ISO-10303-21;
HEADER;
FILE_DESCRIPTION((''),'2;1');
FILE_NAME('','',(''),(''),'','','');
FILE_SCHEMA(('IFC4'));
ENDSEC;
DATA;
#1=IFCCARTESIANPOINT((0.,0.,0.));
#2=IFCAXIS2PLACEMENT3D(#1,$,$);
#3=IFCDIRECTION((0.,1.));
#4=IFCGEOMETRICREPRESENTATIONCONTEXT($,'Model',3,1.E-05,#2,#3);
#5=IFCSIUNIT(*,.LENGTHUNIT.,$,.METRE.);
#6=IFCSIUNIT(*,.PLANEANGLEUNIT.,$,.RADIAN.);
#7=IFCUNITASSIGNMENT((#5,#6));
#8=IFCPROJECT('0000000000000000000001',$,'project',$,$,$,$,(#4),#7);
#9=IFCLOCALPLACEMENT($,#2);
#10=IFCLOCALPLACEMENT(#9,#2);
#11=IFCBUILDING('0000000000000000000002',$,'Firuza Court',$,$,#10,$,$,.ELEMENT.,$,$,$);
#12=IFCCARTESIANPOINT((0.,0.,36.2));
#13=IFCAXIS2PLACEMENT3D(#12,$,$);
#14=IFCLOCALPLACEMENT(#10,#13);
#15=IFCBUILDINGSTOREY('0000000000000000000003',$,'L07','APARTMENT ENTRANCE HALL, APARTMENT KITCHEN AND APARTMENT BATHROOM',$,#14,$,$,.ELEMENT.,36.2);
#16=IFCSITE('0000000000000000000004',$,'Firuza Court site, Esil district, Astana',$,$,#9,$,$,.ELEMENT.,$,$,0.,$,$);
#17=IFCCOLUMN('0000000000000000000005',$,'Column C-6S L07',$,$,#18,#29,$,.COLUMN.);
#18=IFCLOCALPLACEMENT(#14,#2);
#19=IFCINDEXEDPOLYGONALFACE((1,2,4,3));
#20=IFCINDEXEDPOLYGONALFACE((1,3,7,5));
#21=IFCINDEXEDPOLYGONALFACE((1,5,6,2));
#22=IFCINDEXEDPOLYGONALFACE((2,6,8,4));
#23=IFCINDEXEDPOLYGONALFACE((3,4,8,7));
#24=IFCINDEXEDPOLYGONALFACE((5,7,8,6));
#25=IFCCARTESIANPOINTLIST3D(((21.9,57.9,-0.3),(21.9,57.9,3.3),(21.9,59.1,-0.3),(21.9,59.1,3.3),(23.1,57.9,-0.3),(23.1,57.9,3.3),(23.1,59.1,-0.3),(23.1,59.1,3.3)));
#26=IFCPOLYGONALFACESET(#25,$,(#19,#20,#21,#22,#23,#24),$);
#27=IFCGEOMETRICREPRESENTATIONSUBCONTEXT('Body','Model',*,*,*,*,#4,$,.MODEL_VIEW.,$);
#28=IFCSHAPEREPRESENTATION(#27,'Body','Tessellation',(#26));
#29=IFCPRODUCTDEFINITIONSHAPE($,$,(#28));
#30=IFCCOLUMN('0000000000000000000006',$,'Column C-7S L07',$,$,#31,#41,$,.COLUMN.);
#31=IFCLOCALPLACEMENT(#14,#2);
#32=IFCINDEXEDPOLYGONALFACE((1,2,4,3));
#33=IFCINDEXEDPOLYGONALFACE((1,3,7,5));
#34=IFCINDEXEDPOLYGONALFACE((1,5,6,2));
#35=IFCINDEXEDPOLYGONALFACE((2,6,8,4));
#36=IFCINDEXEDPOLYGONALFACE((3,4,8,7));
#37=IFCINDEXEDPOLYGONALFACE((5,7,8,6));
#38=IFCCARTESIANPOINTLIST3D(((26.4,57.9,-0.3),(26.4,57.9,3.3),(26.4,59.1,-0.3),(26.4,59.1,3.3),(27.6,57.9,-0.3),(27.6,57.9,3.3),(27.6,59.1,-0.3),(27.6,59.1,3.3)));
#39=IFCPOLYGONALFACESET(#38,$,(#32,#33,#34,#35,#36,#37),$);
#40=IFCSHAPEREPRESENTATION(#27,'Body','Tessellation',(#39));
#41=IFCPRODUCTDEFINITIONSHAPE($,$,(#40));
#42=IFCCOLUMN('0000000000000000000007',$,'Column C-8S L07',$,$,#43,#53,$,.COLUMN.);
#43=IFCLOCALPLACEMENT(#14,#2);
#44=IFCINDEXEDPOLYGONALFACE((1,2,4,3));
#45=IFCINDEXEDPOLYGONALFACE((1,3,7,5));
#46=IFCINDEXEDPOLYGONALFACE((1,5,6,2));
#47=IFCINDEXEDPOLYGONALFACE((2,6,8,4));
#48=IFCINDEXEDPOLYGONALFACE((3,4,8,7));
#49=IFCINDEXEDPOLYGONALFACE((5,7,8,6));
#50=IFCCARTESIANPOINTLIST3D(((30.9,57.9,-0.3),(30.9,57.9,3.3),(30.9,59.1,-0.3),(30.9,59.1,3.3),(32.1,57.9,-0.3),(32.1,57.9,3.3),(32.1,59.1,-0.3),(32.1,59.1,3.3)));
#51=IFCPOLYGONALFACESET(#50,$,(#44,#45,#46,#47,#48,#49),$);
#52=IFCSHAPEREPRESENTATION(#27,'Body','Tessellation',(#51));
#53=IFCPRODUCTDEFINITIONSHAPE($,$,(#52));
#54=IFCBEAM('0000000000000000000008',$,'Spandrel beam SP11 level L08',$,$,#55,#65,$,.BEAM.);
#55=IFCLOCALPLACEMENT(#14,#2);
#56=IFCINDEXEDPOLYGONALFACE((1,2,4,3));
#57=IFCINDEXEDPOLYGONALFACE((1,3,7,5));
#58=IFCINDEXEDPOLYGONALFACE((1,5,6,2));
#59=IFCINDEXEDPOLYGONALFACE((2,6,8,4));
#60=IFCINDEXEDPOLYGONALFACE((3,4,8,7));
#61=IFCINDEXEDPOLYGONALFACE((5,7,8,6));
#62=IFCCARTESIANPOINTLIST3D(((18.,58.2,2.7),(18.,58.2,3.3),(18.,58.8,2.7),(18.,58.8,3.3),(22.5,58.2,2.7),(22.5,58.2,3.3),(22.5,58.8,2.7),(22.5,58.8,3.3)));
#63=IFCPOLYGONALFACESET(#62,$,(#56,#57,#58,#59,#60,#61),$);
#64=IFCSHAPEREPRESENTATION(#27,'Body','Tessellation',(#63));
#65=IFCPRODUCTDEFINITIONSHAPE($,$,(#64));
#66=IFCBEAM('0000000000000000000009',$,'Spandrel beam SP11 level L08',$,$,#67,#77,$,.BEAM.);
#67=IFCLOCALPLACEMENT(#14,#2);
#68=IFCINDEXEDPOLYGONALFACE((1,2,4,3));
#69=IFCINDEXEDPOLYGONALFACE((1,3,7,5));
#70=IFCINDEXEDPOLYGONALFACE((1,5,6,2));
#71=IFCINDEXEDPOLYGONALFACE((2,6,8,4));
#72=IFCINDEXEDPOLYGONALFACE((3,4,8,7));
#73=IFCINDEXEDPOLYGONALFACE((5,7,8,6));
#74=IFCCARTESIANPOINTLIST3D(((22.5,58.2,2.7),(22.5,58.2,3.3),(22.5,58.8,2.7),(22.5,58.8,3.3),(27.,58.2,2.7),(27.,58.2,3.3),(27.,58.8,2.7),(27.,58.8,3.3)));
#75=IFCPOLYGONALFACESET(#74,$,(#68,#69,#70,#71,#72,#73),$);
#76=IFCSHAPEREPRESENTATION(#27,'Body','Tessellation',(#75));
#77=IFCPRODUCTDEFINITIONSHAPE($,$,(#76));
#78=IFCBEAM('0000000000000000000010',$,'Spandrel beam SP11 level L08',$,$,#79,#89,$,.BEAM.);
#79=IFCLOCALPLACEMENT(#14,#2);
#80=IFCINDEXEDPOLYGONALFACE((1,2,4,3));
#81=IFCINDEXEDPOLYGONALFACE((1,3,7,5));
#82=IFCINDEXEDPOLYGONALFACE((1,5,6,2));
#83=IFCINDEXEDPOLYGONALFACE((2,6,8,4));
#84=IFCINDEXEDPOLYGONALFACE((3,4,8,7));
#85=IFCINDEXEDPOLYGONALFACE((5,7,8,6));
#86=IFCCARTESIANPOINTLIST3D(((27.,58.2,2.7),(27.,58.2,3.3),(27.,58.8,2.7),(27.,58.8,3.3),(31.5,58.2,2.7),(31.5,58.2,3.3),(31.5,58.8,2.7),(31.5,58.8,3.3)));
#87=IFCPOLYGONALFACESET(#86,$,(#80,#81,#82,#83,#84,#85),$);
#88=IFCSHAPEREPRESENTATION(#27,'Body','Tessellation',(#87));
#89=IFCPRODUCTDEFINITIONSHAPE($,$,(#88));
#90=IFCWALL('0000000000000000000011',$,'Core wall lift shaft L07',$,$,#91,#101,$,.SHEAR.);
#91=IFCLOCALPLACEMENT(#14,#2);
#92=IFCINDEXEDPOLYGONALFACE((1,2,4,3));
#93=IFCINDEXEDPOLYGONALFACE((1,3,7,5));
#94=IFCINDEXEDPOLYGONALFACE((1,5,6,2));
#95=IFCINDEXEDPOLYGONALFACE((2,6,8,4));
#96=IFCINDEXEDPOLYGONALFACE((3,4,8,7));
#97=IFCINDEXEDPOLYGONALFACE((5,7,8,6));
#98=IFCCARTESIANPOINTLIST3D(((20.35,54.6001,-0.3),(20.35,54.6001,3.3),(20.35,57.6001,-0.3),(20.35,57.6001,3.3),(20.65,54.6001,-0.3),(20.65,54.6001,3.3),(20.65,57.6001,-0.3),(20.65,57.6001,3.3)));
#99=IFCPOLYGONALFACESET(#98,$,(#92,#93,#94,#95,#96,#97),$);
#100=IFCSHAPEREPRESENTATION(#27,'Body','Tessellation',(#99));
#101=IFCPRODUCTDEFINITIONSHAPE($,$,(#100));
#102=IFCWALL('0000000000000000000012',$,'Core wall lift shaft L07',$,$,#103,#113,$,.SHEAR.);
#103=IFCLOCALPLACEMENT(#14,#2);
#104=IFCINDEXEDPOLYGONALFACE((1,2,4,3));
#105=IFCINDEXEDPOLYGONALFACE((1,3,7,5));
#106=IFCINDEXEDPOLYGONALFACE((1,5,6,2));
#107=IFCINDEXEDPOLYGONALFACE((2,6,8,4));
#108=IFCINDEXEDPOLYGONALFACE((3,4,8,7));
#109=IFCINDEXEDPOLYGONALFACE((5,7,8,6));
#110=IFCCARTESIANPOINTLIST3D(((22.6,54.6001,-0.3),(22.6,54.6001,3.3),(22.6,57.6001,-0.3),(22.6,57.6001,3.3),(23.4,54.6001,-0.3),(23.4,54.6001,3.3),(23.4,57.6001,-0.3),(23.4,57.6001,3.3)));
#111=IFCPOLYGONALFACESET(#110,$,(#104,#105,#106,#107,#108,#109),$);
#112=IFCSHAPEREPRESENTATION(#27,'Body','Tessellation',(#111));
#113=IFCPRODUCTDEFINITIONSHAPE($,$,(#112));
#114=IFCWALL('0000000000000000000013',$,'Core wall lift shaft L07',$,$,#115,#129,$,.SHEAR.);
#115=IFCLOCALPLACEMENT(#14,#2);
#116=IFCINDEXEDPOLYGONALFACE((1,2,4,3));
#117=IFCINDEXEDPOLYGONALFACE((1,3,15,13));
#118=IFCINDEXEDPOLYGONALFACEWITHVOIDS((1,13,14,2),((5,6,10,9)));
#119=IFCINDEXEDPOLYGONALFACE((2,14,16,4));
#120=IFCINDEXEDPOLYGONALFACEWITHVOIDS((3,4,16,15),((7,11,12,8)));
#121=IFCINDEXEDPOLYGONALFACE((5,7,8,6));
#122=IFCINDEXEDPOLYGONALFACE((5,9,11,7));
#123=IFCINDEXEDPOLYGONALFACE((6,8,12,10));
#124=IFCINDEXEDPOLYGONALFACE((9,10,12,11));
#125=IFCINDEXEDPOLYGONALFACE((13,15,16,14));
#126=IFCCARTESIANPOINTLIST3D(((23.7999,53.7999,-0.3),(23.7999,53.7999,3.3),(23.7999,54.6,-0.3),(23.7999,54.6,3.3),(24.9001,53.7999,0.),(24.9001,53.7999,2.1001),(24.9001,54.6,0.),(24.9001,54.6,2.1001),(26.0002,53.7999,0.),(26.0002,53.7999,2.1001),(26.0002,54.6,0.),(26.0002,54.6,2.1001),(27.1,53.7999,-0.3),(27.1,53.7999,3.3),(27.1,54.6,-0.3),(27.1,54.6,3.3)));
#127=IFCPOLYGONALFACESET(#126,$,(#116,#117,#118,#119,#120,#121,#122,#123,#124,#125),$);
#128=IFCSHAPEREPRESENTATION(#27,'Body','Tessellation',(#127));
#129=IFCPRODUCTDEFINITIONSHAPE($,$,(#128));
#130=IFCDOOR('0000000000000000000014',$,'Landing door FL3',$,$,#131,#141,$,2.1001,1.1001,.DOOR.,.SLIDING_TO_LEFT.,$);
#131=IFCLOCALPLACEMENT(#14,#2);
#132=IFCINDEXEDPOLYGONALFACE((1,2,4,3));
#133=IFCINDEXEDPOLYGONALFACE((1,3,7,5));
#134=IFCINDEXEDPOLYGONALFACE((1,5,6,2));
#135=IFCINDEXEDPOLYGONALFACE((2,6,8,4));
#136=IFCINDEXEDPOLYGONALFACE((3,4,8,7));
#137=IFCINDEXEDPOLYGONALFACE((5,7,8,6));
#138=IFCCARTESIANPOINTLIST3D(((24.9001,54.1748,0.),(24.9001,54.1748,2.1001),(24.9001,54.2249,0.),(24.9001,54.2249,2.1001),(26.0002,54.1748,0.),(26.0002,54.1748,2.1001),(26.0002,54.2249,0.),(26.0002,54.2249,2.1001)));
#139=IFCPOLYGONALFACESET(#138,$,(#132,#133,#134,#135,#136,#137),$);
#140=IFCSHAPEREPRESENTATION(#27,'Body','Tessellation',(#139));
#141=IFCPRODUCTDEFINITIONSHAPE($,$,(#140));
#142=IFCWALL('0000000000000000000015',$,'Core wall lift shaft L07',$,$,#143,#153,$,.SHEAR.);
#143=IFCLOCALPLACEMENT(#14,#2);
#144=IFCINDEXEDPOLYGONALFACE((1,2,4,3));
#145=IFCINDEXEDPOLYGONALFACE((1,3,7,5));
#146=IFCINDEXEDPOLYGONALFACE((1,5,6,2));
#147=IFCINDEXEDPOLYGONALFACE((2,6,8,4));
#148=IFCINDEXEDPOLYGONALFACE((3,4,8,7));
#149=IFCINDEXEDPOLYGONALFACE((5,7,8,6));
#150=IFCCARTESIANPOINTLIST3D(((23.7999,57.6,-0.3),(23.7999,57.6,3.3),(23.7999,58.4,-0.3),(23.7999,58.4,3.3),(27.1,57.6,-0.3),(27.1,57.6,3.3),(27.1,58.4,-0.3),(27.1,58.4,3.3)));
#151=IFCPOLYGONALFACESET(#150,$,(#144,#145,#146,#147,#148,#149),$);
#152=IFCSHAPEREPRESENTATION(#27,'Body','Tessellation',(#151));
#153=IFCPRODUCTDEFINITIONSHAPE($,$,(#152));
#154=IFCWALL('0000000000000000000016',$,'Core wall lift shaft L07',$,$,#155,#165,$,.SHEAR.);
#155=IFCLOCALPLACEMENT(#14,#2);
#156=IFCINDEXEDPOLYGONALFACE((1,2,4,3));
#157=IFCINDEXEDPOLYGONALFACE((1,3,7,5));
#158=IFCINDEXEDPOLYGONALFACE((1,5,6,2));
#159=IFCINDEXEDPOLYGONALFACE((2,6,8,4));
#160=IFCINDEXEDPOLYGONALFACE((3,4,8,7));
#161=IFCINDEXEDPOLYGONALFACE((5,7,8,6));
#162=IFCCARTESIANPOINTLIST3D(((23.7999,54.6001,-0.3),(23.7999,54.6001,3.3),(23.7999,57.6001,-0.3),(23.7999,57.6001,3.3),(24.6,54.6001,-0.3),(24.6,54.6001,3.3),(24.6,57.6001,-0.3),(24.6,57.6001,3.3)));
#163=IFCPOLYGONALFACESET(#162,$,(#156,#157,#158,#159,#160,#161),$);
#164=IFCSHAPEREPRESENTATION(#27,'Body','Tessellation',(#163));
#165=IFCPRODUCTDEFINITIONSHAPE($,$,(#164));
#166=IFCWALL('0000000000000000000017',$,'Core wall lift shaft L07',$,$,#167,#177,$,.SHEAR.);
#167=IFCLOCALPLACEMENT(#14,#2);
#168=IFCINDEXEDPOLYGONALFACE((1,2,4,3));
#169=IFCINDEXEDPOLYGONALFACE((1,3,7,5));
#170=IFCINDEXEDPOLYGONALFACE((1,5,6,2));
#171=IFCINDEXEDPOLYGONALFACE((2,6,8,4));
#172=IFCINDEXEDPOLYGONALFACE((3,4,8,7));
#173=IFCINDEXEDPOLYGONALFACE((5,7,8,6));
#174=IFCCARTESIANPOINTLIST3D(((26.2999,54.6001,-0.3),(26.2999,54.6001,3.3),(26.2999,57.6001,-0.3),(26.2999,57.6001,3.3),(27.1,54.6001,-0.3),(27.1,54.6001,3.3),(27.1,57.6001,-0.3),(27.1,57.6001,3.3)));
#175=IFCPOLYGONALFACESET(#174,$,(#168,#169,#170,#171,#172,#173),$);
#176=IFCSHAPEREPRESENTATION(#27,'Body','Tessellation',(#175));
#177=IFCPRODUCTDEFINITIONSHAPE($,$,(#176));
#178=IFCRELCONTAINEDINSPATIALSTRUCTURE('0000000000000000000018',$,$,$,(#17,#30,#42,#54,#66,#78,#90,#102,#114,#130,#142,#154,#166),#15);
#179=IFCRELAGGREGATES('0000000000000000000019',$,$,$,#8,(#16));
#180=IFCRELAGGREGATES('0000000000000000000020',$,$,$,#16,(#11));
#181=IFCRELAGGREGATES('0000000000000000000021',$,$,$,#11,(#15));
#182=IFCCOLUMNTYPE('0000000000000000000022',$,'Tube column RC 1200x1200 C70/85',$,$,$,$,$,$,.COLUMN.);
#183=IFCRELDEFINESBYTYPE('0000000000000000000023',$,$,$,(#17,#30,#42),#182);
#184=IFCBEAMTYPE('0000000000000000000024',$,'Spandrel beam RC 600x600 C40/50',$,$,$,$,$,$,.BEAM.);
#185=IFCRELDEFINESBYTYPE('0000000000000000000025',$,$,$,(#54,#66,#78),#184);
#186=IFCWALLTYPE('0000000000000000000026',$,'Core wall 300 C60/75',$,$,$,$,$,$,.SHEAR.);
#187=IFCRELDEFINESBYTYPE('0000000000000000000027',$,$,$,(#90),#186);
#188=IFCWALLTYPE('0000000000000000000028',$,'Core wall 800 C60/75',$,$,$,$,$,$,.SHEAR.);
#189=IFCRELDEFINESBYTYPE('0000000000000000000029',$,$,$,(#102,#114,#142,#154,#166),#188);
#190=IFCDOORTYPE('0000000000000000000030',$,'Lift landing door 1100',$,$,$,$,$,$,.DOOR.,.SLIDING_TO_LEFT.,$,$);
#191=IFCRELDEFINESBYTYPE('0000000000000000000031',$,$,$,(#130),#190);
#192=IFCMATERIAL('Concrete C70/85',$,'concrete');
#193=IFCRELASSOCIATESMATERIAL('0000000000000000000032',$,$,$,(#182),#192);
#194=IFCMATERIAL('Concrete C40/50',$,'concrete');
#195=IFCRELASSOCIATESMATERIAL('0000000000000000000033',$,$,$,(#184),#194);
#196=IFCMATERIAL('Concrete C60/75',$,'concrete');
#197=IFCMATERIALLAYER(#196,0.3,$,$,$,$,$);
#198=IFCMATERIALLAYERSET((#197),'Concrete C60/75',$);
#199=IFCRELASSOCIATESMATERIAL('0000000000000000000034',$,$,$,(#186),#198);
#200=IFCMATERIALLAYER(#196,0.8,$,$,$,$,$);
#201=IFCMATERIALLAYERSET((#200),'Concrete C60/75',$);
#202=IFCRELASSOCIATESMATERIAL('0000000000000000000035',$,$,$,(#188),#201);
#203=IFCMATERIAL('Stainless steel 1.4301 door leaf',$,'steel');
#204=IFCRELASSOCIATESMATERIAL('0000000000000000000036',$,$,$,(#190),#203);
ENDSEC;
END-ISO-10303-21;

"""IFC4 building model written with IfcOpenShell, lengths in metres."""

from ifc_helpers import new_model, si_unit, direction, frame, frame_2d, origin, origin_2d, place, context, subcontext, project, spatial, rectangle, extrude, material, layer, layer_set, material_profile, profile_set, type_object, element, fill, save


model = new_model("IFC4")

# Units and contexts
model_context = context("Model", 3, precision=1e-05, world=origin(), true_north=direction((0.0, 1.0)))
body_context = subcontext(model_context, "Body", "Model", "MODEL_VIEW")
ifc_project = project(units=[si_unit("LENGTHUNIT", "METRE"), si_unit("PLANEANGLEUNIT", "RADIAN")], contexts=[model_context])

# Site, building, storey
site_placement = place(None, origin())
site = spatial("IfcSite", under=ifc_project, at=site_placement, Name="Firuza Court site, Esil district, Astana", CompositionType="ELEMENT", RefElevation=0.0)
building_placement = place(site_placement, origin())
building = spatial("IfcBuilding", under=site, at=building_placement, Name="Firuza Court", CompositionType="ELEMENT")
storey_placement = place(building_placement, frame((0.0, 0.0, 36.2)))
storey = spatial("IfcBuildingStorey", under=building, at=storey_placement, Name="L07", Description="APARTMENT ENTRANCE HALL, APARTMENT KITCHEN AND APARTMENT BATHROOM", CompositionType="ELEMENT", Elevation=36.2)

# Columns
ifc_material_1 = material(Name="Concrete C70/85", Category="concrete")
ifc_material_profile_1 = material_profile(ifc_material_1, rectangle(XDim=1.2, YDim=1.2, at=origin_2d()), Name="RC 1200x1200")
ifc_profile_set_1 = profile_set([ifc_material_profile_1], Name="Concrete C70/85")
column_type = type_object("IfcColumnType", Name="Tube column RC 1200x1200 C70/85", PredefinedType="COLUMN", material=ifc_profile_set_1)
for number, where, z_axis, x_axis, name in (
    (1, (22.5, 58.5, -0.3), (0.0, 0.0, 1.0), (1.0, 0.0, 0.0), "Column C-6S L07"),
    (2, (27.0, 58.5, -0.3), (0.0, 0.0, 1.0), (1.0, 0.0, 0.0), "Column C-7S L07"),
    (3, (31.5, 58.5, -0.3), (0.0, 0.0, 1.0), (1.0, 0.0, 0.0), "Column C-8S L07"),
):
    element("IfcColumn", number, at=place(storey_placement, frame(where, z_axis=z_axis, x_axis=x_axis)), inside=storey, type_object=column_type, Name=name, PredefinedType="COLUMN", context=body_context, shape_type="SweptSolid", body=[
        extrude(rectangle(XDim=1.2, YDim=1.2, at=origin_2d()), origin(), (0.0, 0.0, 1.0), 3.6001),
    ])

# Beams
ifc_material_2 = material(Name="Concrete C40/50", Category="concrete")
ifc_material_profile_2 = material_profile(ifc_material_2, rectangle(XDim=0.6001, YDim=0.6001, at=origin_2d()), Name="RC 600x600")
ifc_profile_set_2 = profile_set([ifc_material_profile_2], Name="Concrete C40/50")
beam_type = type_object("IfcBeamType", Name="Spandrel beam RC 600x600 C40/50", PredefinedType="BEAM", material=ifc_profile_set_2)
for number, where, z_axis, x_axis, name in (
    (4, (22.5, 58.5, 3.0), (-1.0, 0.0, 0.0), (0.0, -1.0, 0.0), "Spandrel beam SP11 level L08"),
    (5, (27.0, 58.5, 3.0), (-1.0, 0.0, 0.0), (0.0, -1.0, 0.0), "Spandrel beam SP11 level L08"),
    (6, (31.5, 58.5, 3.0), (-1.0, 0.0, 0.0), (0.0, -1.0, 0.0), "Spandrel beam SP11 level L08"),
):
    element("IfcBeam", number, at=place(storey_placement, frame(where, z_axis=z_axis, x_axis=x_axis)), inside=storey, type_object=beam_type, Name=name, PredefinedType="BEAM", context=body_context, shape_type="SweptSolid", body=[
        extrude(rectangle(XDim=0.6001, YDim=0.6001, at=origin_2d()), origin(), (0.0, 0.0, 1.0), 4.5),
    ])

# Walls
ifc_material_3 = material(Name="Concrete C60/75", Category="concrete")
ifc_layer_1 = layer(ifc_material_3, 0.3)
ifc_layer_set_1 = layer_set([ifc_layer_1], Name="Concrete C60/75")
wall_type_1 = type_object("IfcWallType", Name="Core wall 300 C60/75", PredefinedType="SHEAR", material=ifc_layer_set_1)
wall_1_placement = place(storey_placement, frame((20.5, 54.6001, -0.3), z_axis=(0.0, 0.0, 1.0), x_axis=(0.0, 1.0, 0.0)))
element("IfcWall", 7, at=wall_1_placement, inside=storey, type_object=wall_type_1, Name="Core wall lift shaft L07", PredefinedType="SHEAR", context=body_context, shape_type="SweptSolid", body=[
    extrude(rectangle(XDim=3.0, YDim=0.3, at=frame_2d((1.5, 0.0))), origin(), (0.0, 0.0, 1.0), 3.6001),
])
ifc_layer_2 = layer(ifc_material_3, 0.8)
ifc_layer_set_2 = layer_set([ifc_layer_2], Name="Concrete C60/75")
wall_type_2 = type_object("IfcWallType", Name="Core wall 800 C60/75", PredefinedType="SHEAR", material=ifc_layer_set_2)
wall_2_placement = place(storey_placement, frame((23.0, 54.6001, -0.3), z_axis=(0.0, 0.0, 1.0), x_axis=(0.0, 1.0, 0.0)))
element("IfcWall", 8, at=wall_2_placement, inside=storey, type_object=wall_type_2, Name="Core wall lift shaft L07", PredefinedType="SHEAR", context=body_context, shape_type="SweptSolid", body=[
    extrude(rectangle(XDim=3.0, YDim=0.8, at=frame_2d((1.5, 0.0))), origin(), (0.0, 0.0, 1.0), 3.6001),
])

# Wall, opening, door
wall_3_placement = place(storey_placement, frame((23.8, 54.2, -0.3), z_axis=(0.0, 0.0, 1.0), x_axis=(1.0, 0.0, 0.0)))
wall_3 = element("IfcWall", 9, at=wall_3_placement, inside=storey, type_object=wall_type_2, Name="Core wall lift shaft L07", PredefinedType="SHEAR", context=body_context, shape_type="SweptSolid", body=[
    extrude(rectangle(XDim=3.3, YDim=0.8, at=frame_2d((1.6499, 0.0))), origin(), (0.0, 0.0, 1.0), 3.6001),
])
opening_1_placement = place(wall_3_placement, frame((1.1001, 0.0, 0.3)))
opening_1 = element("IfcOpeningElement", 10, at=opening_1_placement, cuts=wall_3, PredefinedType="OPENING", context=body_context, shape_type="SweptSolid", body=[
    extrude(rectangle(XDim=1.1001, YDim=2.1001, at=frame_2d((0.55, 1.05))), frame((0.0, 0.4121, 0.0), z_axis=(0.0, -1.0, 0.0), x_axis=(1.0, 0.0, 0.0)), (0.0, 0.0, 1.0), 0.824),
])
ifc_material_4 = material(Name="Stainless steel 1.4301 door leaf", Category="steel")
door_type_1 = type_object("IfcDoorType", Name="Lift landing door 1100", OperationType="SLIDING_TO_LEFT", PredefinedType="DOOR", material=ifc_material_4)
door_1_placement = place(opening_1_placement, origin())
door_1 = element("IfcDoor", 11, at=door_1_placement, inside=storey, type_object=door_type_1, Name="Landing door FL3", OperationType="SLIDING_TO_LEFT", OverallHeight=2.1001, OverallWidth=1.1001, PredefinedType="DOOR", context=body_context, shape_type="SweptSolid", body=[
    extrude(rectangle(XDim=1.1001, YDim=2.1001, at=frame_2d((0.55, 1.05))), frame((0.0, 0.0249, 0.0), z_axis=(0.0, -1.0, 0.0), x_axis=(1.0, 0.0, 0.0)), (0.0, 0.0, 1.0), 0.05),
])
fill(opening_1, door_1)

# Walls
wall_4_placement = place(storey_placement, frame((23.8, 58.0, -0.3), z_axis=(0.0, 0.0, 1.0), x_axis=(1.0, 0.0, 0.0)))
element("IfcWall", 12, at=wall_4_placement, inside=storey, type_object=wall_type_2, Name="Core wall lift shaft L07", PredefinedType="SHEAR", context=body_context, shape_type="SweptSolid", body=[
    extrude(rectangle(XDim=3.3, YDim=0.8, at=frame_2d((1.6499, 0.0))), origin(), (0.0, 0.0, 1.0), 3.6001),
])
for number, where, z_axis, x_axis, name in (
    (13, (24.2, 54.6001, -0.3), (0.0, 0.0, 1.0), (0.0, 1.0, 0.0), "Core wall lift shaft L07"),
    (14, (26.7, 54.6001, -0.3), (0.0, 0.0, 1.0), (0.0, 1.0, 0.0), "Core wall lift shaft L07"),
):
    element("IfcWall", number, at=place(storey_placement, frame(where, z_axis=z_axis, x_axis=x_axis)), inside=storey, type_object=wall_type_2, Name=name, PredefinedType="SHEAR", context=body_context, shape_type="SweptSolid", body=[
        extrude(rectangle(XDim=3.0, YDim=0.8, at=frame_2d((1.5, 0.0))), origin(), (0.0, 0.0, 1.0), 3.6001),
    ])

save(model, "model.ifc")
